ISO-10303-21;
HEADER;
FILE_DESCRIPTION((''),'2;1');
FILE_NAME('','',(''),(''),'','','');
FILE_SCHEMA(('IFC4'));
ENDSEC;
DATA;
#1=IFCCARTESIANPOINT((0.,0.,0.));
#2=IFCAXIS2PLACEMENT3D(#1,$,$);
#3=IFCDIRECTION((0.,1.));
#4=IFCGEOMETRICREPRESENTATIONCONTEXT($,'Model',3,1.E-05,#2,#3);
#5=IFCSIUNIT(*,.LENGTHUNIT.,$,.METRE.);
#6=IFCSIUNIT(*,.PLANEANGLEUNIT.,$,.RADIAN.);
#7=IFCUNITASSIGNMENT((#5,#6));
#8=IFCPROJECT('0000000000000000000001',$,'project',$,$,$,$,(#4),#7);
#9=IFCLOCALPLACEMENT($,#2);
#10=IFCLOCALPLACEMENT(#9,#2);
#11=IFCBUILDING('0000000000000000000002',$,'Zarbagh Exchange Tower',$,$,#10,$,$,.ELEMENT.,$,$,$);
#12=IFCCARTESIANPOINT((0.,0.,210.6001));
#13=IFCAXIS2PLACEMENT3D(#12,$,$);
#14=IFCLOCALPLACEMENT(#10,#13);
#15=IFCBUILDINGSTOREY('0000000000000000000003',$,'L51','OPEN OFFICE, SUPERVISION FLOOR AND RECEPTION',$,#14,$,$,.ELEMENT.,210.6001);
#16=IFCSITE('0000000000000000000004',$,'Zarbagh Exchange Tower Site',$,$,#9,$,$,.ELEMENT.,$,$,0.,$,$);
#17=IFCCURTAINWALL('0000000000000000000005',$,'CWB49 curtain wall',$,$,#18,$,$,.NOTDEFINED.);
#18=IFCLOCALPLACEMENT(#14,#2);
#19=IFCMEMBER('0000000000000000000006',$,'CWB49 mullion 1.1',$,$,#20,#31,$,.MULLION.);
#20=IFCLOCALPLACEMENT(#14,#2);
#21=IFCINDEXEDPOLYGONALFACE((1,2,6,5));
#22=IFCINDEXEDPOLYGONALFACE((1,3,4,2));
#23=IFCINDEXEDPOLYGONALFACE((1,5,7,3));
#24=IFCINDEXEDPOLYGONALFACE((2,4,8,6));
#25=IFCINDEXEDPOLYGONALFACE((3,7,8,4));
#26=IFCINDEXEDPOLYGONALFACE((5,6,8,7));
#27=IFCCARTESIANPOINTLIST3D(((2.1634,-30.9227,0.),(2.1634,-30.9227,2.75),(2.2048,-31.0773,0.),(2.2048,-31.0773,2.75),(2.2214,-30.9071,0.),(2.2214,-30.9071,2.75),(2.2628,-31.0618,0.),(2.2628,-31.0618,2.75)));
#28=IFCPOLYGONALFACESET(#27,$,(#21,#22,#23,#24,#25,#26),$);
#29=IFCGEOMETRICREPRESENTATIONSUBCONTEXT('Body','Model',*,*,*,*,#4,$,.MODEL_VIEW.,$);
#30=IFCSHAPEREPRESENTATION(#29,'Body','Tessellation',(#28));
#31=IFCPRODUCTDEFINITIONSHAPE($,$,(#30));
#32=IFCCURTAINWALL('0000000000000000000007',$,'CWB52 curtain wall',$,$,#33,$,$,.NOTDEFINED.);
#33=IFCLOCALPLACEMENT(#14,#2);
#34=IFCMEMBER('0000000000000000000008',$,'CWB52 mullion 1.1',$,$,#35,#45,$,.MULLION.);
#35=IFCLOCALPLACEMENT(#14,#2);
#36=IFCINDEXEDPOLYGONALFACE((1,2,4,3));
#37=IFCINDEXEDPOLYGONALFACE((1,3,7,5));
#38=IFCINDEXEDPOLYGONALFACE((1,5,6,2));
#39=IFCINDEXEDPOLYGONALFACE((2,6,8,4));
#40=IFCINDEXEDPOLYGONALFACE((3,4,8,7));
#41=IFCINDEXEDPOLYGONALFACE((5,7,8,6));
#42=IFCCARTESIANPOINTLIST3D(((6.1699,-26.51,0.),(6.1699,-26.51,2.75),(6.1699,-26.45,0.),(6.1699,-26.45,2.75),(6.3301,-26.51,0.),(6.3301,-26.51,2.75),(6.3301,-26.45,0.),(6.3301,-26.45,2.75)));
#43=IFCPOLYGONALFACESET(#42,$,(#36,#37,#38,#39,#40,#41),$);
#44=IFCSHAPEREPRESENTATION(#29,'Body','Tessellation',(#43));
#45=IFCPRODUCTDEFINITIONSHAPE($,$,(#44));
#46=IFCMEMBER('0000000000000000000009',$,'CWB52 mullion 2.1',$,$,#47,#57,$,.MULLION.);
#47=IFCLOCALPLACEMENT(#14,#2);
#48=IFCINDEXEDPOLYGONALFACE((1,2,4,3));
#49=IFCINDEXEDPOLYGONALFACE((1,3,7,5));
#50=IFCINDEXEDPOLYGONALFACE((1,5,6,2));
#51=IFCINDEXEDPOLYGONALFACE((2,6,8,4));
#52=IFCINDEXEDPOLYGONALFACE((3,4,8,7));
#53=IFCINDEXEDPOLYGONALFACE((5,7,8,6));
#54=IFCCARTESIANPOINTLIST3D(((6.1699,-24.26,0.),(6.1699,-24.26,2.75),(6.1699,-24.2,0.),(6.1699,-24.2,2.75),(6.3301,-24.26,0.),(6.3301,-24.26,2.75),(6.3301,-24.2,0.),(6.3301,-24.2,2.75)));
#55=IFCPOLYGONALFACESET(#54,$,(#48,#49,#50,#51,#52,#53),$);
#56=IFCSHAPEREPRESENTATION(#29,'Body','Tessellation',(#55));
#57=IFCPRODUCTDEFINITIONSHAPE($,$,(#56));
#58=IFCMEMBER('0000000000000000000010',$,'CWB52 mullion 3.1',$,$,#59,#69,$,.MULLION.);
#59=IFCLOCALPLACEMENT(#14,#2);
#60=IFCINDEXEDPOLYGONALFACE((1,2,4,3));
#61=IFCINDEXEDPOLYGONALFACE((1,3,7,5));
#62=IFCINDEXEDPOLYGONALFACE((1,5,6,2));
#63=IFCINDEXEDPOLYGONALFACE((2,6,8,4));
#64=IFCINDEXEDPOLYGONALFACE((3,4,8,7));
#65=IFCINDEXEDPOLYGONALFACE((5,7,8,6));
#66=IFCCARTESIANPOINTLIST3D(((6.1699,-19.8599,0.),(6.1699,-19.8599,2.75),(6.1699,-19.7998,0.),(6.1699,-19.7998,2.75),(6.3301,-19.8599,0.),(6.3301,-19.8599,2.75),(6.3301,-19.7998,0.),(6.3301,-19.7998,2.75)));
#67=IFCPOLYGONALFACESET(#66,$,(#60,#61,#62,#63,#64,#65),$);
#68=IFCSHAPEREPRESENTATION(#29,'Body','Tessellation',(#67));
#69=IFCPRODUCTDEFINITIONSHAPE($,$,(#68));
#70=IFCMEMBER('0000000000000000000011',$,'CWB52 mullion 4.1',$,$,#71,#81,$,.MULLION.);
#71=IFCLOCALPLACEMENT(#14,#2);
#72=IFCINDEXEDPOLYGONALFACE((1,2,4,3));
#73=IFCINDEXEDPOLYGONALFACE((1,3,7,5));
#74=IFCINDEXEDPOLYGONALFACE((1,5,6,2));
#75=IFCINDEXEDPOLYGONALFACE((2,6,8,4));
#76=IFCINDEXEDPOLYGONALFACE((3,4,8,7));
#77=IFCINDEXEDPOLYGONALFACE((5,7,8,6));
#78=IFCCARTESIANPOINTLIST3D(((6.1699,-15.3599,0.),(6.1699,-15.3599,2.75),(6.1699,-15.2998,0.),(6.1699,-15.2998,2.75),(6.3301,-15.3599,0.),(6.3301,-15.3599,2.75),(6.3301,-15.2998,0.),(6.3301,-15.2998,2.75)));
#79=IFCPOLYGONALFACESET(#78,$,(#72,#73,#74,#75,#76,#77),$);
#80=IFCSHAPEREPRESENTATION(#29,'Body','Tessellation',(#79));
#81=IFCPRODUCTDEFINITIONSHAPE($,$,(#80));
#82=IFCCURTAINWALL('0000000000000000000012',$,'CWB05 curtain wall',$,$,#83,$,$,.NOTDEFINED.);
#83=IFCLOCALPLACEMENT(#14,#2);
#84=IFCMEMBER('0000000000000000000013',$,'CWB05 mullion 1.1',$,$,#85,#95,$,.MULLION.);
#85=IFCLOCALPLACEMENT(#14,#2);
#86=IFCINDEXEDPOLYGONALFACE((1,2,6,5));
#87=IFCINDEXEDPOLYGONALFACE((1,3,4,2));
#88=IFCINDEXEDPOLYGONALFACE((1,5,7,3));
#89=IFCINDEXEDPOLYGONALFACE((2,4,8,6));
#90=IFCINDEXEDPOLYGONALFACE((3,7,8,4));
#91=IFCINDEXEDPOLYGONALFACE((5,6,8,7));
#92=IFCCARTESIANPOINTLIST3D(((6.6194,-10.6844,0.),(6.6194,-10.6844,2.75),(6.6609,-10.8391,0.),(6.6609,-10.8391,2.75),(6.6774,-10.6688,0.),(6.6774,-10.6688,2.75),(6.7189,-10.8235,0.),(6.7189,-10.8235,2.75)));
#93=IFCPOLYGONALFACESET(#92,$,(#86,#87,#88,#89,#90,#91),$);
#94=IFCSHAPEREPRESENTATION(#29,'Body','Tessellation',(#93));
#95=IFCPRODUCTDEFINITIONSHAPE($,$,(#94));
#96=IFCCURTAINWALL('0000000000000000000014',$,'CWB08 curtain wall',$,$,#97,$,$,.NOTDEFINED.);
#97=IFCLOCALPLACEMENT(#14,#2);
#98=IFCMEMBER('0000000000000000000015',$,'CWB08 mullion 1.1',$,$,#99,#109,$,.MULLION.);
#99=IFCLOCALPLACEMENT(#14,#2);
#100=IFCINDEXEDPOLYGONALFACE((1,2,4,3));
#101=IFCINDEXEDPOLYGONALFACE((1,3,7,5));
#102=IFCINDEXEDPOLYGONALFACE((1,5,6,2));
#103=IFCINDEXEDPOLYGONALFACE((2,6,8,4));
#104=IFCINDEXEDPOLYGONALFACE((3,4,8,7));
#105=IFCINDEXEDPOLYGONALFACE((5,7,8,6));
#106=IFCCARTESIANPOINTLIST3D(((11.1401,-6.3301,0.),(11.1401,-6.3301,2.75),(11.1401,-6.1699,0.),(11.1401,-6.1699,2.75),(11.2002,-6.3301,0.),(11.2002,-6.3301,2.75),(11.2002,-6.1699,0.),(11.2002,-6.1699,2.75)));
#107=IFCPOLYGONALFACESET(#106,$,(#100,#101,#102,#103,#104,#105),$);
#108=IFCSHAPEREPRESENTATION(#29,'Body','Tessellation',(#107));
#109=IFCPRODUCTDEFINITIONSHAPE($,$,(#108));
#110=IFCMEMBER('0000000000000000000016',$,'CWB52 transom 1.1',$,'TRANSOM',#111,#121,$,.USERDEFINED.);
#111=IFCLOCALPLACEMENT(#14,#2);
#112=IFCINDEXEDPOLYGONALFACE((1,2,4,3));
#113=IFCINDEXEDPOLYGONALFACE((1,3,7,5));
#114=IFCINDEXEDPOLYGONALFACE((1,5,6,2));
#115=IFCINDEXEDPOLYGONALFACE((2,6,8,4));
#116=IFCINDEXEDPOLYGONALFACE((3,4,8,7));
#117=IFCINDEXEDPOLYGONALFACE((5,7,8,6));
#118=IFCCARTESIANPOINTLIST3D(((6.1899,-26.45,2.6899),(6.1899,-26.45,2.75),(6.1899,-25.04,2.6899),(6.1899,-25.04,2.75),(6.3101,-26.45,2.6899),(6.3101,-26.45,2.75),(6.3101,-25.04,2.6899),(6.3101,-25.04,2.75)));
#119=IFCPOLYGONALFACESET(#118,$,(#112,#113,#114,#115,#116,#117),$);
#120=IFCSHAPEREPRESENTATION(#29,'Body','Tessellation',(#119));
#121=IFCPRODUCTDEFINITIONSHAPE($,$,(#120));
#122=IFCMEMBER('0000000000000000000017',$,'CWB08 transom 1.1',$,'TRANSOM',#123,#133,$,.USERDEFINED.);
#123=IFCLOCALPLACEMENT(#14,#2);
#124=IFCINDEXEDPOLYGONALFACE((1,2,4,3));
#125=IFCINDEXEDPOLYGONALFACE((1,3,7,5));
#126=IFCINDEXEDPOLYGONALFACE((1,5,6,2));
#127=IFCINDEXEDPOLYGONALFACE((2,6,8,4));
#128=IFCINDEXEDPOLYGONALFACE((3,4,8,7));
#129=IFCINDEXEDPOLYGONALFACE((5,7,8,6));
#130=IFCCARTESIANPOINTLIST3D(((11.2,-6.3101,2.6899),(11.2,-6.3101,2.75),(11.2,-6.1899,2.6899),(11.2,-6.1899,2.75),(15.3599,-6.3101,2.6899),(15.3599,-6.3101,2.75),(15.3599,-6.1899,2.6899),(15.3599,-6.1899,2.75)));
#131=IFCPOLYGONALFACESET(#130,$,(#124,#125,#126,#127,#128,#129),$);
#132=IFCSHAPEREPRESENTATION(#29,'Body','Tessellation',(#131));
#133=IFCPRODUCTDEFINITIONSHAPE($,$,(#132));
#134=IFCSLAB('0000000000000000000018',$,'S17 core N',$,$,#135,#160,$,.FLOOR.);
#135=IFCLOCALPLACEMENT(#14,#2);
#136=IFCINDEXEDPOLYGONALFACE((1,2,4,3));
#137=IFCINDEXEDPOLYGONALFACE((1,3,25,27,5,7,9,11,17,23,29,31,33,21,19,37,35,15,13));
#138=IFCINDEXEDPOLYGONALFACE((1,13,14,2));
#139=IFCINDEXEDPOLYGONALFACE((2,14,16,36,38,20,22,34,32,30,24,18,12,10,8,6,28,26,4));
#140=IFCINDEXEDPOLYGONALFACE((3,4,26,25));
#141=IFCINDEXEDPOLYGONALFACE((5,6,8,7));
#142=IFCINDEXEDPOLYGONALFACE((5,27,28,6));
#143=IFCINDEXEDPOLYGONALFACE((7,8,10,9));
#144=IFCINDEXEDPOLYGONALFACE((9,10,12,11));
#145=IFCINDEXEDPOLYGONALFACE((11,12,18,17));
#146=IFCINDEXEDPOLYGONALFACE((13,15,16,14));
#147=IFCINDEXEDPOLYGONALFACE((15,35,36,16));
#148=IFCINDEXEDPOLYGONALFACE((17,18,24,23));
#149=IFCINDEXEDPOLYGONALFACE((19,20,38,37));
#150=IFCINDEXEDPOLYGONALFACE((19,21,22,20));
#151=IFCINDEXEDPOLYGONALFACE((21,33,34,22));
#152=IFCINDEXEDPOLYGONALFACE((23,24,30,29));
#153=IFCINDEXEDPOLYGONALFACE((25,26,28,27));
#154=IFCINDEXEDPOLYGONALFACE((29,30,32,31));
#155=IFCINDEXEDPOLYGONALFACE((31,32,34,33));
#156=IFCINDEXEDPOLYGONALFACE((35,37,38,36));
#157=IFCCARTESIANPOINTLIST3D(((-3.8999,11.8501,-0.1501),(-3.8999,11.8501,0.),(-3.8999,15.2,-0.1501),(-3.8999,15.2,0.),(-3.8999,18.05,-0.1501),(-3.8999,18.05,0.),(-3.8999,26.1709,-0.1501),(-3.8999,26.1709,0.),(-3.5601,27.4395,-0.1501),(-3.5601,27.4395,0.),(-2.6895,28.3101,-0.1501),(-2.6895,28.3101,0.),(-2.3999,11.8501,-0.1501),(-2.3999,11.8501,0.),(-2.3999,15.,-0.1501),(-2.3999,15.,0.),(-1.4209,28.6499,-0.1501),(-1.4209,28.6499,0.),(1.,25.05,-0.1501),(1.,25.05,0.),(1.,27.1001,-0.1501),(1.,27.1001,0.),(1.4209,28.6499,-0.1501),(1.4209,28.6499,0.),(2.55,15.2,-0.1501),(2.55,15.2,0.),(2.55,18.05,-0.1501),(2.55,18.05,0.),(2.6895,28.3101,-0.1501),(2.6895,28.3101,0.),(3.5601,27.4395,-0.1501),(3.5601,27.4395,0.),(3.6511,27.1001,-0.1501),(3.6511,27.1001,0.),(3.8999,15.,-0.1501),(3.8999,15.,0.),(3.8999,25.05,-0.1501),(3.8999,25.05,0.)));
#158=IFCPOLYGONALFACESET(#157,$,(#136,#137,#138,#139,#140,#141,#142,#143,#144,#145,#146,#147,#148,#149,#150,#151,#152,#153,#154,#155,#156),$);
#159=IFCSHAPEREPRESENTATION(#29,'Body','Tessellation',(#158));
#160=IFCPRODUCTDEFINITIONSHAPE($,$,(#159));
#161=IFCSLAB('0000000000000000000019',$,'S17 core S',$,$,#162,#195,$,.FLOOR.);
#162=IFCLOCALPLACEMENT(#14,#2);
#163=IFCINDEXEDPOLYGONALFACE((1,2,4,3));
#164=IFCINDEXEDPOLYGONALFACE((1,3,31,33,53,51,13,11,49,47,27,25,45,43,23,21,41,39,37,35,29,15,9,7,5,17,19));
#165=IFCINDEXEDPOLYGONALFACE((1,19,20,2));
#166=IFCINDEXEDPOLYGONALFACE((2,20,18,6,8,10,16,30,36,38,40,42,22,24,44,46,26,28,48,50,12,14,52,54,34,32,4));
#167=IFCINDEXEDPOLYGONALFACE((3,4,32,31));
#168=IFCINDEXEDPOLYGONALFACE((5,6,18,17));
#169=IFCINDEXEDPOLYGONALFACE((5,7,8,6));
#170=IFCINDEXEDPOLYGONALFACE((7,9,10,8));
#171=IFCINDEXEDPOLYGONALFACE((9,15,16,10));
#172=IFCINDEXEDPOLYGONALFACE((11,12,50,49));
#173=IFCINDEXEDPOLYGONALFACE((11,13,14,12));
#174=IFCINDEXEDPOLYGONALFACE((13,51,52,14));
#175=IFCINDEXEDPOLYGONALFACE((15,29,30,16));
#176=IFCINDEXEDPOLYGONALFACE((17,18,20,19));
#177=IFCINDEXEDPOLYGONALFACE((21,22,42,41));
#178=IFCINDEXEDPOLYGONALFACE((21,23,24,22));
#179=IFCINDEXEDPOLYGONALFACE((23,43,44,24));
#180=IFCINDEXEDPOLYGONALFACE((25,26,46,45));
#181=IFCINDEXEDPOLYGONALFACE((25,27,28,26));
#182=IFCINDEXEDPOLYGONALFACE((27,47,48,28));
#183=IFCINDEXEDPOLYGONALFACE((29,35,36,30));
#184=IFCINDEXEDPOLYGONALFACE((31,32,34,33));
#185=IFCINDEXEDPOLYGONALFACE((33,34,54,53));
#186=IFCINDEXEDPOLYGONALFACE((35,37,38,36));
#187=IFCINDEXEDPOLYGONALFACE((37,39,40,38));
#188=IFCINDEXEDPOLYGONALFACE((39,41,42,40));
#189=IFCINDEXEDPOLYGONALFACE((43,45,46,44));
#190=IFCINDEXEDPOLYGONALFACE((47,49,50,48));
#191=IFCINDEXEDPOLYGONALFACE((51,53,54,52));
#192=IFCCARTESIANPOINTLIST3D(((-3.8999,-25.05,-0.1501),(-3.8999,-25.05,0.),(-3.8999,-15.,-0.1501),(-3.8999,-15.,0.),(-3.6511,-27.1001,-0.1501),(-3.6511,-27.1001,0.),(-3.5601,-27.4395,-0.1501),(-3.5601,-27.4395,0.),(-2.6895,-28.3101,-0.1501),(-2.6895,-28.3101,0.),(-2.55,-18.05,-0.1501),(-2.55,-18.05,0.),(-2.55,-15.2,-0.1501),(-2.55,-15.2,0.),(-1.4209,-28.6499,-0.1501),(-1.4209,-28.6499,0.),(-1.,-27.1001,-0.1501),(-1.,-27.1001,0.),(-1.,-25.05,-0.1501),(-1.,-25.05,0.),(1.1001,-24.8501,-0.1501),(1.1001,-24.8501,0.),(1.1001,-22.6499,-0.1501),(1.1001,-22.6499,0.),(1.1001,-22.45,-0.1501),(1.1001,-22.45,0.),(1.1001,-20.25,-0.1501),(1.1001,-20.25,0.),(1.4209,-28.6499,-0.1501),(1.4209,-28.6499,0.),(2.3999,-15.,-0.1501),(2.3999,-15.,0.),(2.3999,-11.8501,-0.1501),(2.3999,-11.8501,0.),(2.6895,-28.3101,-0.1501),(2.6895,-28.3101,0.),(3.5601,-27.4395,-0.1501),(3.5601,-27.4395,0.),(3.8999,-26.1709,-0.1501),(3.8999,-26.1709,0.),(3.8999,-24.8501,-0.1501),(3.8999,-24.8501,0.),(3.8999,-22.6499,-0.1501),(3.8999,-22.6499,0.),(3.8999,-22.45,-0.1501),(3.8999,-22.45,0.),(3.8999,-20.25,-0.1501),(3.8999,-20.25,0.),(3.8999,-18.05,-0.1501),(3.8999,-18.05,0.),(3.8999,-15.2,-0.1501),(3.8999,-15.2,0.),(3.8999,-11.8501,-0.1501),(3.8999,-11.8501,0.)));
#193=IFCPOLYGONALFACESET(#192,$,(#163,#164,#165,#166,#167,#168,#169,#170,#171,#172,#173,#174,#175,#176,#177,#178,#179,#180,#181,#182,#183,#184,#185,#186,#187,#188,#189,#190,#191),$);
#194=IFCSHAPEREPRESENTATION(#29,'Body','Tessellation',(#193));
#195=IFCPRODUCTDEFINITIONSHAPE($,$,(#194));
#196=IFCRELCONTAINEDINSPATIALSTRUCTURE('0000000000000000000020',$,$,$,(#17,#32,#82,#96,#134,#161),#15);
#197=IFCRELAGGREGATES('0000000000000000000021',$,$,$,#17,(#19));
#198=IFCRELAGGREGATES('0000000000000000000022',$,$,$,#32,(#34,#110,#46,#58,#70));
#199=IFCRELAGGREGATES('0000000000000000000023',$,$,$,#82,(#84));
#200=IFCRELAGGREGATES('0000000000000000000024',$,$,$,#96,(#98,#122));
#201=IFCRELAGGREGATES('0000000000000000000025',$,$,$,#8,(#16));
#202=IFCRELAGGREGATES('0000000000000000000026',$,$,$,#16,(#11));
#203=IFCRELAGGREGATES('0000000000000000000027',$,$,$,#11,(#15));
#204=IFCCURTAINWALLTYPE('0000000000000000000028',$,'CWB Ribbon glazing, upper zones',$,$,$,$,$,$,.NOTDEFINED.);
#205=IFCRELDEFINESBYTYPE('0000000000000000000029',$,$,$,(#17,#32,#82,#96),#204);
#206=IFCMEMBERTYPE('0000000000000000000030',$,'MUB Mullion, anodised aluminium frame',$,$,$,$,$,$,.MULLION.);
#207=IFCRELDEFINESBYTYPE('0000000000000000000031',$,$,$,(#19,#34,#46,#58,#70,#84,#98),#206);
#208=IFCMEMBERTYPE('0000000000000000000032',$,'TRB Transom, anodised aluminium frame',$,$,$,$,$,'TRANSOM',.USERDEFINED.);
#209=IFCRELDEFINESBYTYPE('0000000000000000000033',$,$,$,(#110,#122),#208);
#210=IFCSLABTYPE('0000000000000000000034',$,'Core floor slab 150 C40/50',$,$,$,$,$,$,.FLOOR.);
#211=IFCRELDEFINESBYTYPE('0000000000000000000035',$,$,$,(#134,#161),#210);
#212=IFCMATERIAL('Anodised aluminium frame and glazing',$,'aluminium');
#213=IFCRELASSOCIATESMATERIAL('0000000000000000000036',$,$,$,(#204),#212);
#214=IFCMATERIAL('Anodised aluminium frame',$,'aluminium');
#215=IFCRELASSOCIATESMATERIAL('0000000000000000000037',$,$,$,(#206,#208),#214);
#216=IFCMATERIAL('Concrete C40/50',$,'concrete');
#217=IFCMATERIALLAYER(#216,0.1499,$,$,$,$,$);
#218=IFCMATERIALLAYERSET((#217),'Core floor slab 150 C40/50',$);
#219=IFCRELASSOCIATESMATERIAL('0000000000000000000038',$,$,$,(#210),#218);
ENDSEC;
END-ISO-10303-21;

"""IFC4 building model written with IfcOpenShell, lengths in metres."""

from ifc_helpers import new_model, si_unit, direction, frame, origin, place, context, subcontext, project, spatial, polyline, outline, extrude, source, transform, mapped, material, layer, layer_set, type_object, element, aggregate, save


model = new_model("IFC4")

# Units and contexts
model_context = context("Model", 3, precision=1e-05, world=origin(), true_north=direction((0.0, 1.0)))
body_context = subcontext(model_context, "Body", "Model", "MODEL_VIEW")
ifc_project = project(units=[si_unit("LENGTHUNIT", "METRE"), si_unit("PLANEANGLEUNIT", "RADIAN")], contexts=[model_context])

# Site, building, storey
site_placement = place(None, origin())
site = spatial("IfcSite", under=ifc_project, at=site_placement, Name="Zarbagh Exchange Tower Site", CompositionType="ELEMENT", RefElevation=0.0)
building_placement = place(site_placement, origin())
building = spatial("IfcBuilding", under=site, at=building_placement, Name="Zarbagh Exchange Tower", CompositionType="ELEMENT")
storey_placement = place(building_placement, frame((0.0, 0.0, 210.6001)))
storey = spatial("IfcBuildingStorey", under=building, at=storey_placement, Name="L51", Description="OPEN OFFICE, SUPERVISION FLOOR AND RECEPTION", CompositionType="ELEMENT", Elevation=210.6001)

# Curtain wall, member
ifc_material_1 = material(Name="Anodised aluminium frame and glazing", Category="aluminium")
curtain_wall_type = type_object("IfcCurtainWallType", Name="CWB Ribbon glazing, upper zones", PredefinedType="NOTDEFINED", material=ifc_material_1)
curtain_wall_1_placement = place(storey_placement, origin())
curtain_wall_1 = element("IfcCurtainWall", 1, at=curtain_wall_1_placement, inside=storey, type_object=curtain_wall_type, Name="CWB49 curtain wall", PredefinedType="NOTDEFINED")
ifc_material_2 = material(Name="Anodised aluminium frame", Category="aluminium")
member_type_1 = type_object("IfcMemberType", Name="MUB Mullion, anodised aluminium frame", PredefinedType="MULLION", material=ifc_material_2)
shared_shape_1 = source(origin(), body_context, "Body", "SweptSolid", [
    extrude(outline(polyline([(0.0, -0.0801), (0.0601, -0.0801), (0.0601, 0.0801), (0.0, 0.0801), (0.0, -0.0801)])), origin(), (0.0, 0.0, 1.0), 2.75),
])
placement = place(storey_placement, origin())
member_1 = element("IfcMember", 2, at=placement, type_object=member_type_1, Name="CWB49 mullion 1.1", PredefinedType="MULLION", context=body_context, shape_type="MappedRepresentation", body=[
    mapped(shared_shape_1, transform((2.1841, -31.0, 0.0), x_axis=(0.965924, 0.258825, 0.0), y_axis=(-0.258825, 0.965924, 0.0), z_axis=(0.0, 0.0, 1.0))),
])

# Curtain wall, members
curtain_wall_2_placement = place(storey_placement, origin())
curtain_wall_2 = element("IfcCurtainWall", 3, at=curtain_wall_2_placement, inside=storey, type_object=curtain_wall_type, Name="CWB52 curtain wall", PredefinedType="NOTDEFINED")
member_2 = element("IfcMember", 4, at=placement, type_object=member_type_1, Name="CWB52 mullion 1.1", PredefinedType="MULLION", context=body_context, shape_type="MappedRepresentation", body=[
    mapped(shared_shape_1, transform((6.25, -26.51, 0.0), x_axis=(0.0, 1.0, 0.0), y_axis=(-1.0, 0.0, 0.0), z_axis=(0.0, 0.0, 1.0))),
])
member_3 = element("IfcMember", 5, at=placement, type_object=member_type_1, Name="CWB52 mullion 2.1", PredefinedType="MULLION", context=body_context, shape_type="MappedRepresentation", body=[
    mapped(shared_shape_1, transform((6.25, -24.26, 0.0), x_axis=(0.0, 1.0, 0.0), y_axis=(-1.0, 0.0, 0.0), z_axis=(0.0, 0.0, 1.0))),
])
member_4 = element("IfcMember", 6, at=placement, type_object=member_type_1, Name="CWB52 mullion 3.1", PredefinedType="MULLION", context=body_context, shape_type="MappedRepresentation", body=[
    mapped(shared_shape_1, transform((6.25, -19.8599, 0.0), x_axis=(0.0, 1.0, 0.0), y_axis=(-1.0, 0.0, 0.0), z_axis=(0.0, 0.0, 1.0))),
])
member_5 = element("IfcMember", 7, at=placement, type_object=member_type_1, Name="CWB52 mullion 4.1", PredefinedType="MULLION", context=body_context, shape_type="MappedRepresentation", body=[
    mapped(shared_shape_1, transform((6.25, -15.3599, 0.0), x_axis=(0.0, 1.0, 0.0), y_axis=(-1.0, 0.0, 0.0), z_axis=(0.0, 0.0, 1.0))),
])

# Curtain walls, members
curtain_wall_3_placement = place(storey_placement, origin())
curtain_wall_3 = element("IfcCurtainWall", 8, at=curtain_wall_3_placement, inside=storey, type_object=curtain_wall_type, Name="CWB05 curtain wall", PredefinedType="NOTDEFINED")
member_6 = element("IfcMember", 9, at=placement, type_object=member_type_1, Name="CWB05 mullion 1.1", PredefinedType="MULLION", context=body_context, shape_type="MappedRepresentation", body=[
    mapped(shared_shape_1, transform((6.6401, -10.7617, 0.0), x_axis=(0.965924, 0.258825, 0.0), y_axis=(-0.258825, 0.965924, 0.0), z_axis=(0.0, 0.0, 1.0))),
])
curtain_wall_4_placement = place(storey_placement, origin())
curtain_wall_4 = element("IfcCurtainWall", 10, at=curtain_wall_4_placement, inside=storey, type_object=curtain_wall_type, Name="CWB08 curtain wall", PredefinedType="NOTDEFINED")
member_7 = element("IfcMember", 11, at=placement, type_object=member_type_1, Name="CWB08 mullion 1.1", PredefinedType="MULLION", context=body_context, shape_type="MappedRepresentation", body=[
    mapped(shared_shape_1, transform((11.1401, -6.25, 0.0), x_axis=(1.0, 0.0, 0.0), y_axis=(0.0, 1.0, 0.0), z_axis=(0.0, 0.0, 1.0))),
])

# Members
member_type_2 = type_object("IfcMemberType", Name="TRB Transom, anodised aluminium frame", ElementType="TRANSOM", PredefinedType="USERDEFINED", material=ifc_material_2)
shared_shape_2 = source(origin(), body_context, "Body", "SweptSolid", [
    extrude(outline(polyline([(-0.0601, -0.0601), (0.0, -0.0601), (0.0, 0.0601), (-0.0601, 0.0601), (-0.0601, -0.0601)])), origin(), (0.0, 0.0, 1.0), 1.4099),
])
member_8 = element("IfcMember", 12, at=placement, type_object=member_type_2, Name="CWB52 transom 1.1", ObjectType="TRANSOM", PredefinedType="USERDEFINED", context=body_context, shape_type="MappedRepresentation", body=[
    mapped(shared_shape_2, transform((6.25, -26.45, 2.75), x_axis=(0.0, 0.0, 1.0), y_axis=(1.0, 0.0, 0.0), z_axis=(0.0, 1.0, 0.0))),
])
shared_shape_3 = source(origin(), body_context, "Body", "SweptSolid", [
    extrude(outline(polyline([(-0.0601, -0.0601), (0.0, -0.0601), (0.0, 0.0601), (-0.0601, 0.0601), (-0.0601, -0.0601)])), origin(), (0.0, 0.0, 1.0), 4.1599),
])
member_9 = element("IfcMember", 13, at=placement, type_object=member_type_2, Name="CWB08 transom 1.1", ObjectType="TRANSOM", PredefinedType="USERDEFINED", context=body_context, shape_type="MappedRepresentation", body=[
    mapped(shared_shape_3, transform((11.2, -6.25, 2.75), x_axis=(0.0, 0.0, 1.0), y_axis=(0.0, -1.0, 0.0), z_axis=(1.0, 0.0, 0.0))),
])

# Slabs
ifc_material_3 = material(Name="Concrete C40/50", Category="concrete")
ifc_layer_1 = layer(ifc_material_3, 0.1499)
ifc_layer_set_1 = layer_set([ifc_layer_1], Name="Core floor slab 150 C40/50")
slab_type = type_object("IfcSlabType", Name="Core floor slab 150 C40/50", PredefinedType="FLOOR", material=ifc_layer_set_1)
slab_1_placement = place(storey_placement, frame((0.0, 0.0, -0.1501)))
element("IfcSlab", 14, at=slab_1_placement, inside=storey, type_object=slab_type, Name="S17 core N", PredefinedType="FLOOR", context=body_context, shape_type="SweptSolid", body=[
    extrude(outline(polyline([(-3.8999, 11.8501), (-3.8999, 15.2), (2.55, 15.2), (2.55, 18.05), (-3.8999, 18.05), (-3.8999, 26.1709), (-3.5601, 27.4395), (-2.6895, 28.3101), (-1.4209, 28.6499), (1.4209, 28.6499), (2.6895, 28.3101), (3.5601, 27.4395), (3.6511, 27.1001), (1.0, 27.1001), (1.0, 25.05), (3.8999, 25.05), (3.8999, 15.0), (-2.3999, 15.0), (-2.3999, 11.8501), (-3.8999, 11.8501)])), origin(), (0.0, 0.0, 1.0), 0.1501),
])
slab_2_placement = place(storey_placement, frame((0.0, 0.0, -0.1501)))
element("IfcSlab", 15, at=slab_2_placement, inside=storey, type_object=slab_type, Name="S17 core S", PredefinedType="FLOOR", context=body_context, shape_type="SweptSolid", body=[
    extrude(outline(polyline([(-2.6895, -28.3101), (-3.5601, -27.4395), (-3.6511, -27.1001), (-1.0, -27.1001), (-1.0, -25.05), (-3.8999, -25.05), (-3.8999, -15.0), (2.3999, -15.0), (2.3999, -11.8501), (3.8999, -11.8501), (3.8999, -15.2), (-2.55, -15.2), (-2.55, -18.05), (3.8999, -18.05), (3.8999, -20.25), (1.1001, -20.25), (1.1001, -22.45), (3.8999, -22.45), (3.8999, -22.6499), (1.1001, -22.6499), (1.1001, -24.8501), (3.8999, -24.8501), (3.8999, -26.1709), (3.5601, -27.4395), (2.6895, -28.3101), (1.4209, -28.6499), (-1.4209, -28.6499), (-2.6895, -28.3101)])), origin(), (0.0, 0.0, 1.0), 0.1501),
])

aggregate(curtain_wall_1, [member_1])

aggregate(curtain_wall_2, [member_2, member_8, member_3, member_4, member_5])
aggregate(curtain_wall_3, [member_6])

aggregate(curtain_wall_4, [member_7, member_9])

save(model, "model.ifc")
